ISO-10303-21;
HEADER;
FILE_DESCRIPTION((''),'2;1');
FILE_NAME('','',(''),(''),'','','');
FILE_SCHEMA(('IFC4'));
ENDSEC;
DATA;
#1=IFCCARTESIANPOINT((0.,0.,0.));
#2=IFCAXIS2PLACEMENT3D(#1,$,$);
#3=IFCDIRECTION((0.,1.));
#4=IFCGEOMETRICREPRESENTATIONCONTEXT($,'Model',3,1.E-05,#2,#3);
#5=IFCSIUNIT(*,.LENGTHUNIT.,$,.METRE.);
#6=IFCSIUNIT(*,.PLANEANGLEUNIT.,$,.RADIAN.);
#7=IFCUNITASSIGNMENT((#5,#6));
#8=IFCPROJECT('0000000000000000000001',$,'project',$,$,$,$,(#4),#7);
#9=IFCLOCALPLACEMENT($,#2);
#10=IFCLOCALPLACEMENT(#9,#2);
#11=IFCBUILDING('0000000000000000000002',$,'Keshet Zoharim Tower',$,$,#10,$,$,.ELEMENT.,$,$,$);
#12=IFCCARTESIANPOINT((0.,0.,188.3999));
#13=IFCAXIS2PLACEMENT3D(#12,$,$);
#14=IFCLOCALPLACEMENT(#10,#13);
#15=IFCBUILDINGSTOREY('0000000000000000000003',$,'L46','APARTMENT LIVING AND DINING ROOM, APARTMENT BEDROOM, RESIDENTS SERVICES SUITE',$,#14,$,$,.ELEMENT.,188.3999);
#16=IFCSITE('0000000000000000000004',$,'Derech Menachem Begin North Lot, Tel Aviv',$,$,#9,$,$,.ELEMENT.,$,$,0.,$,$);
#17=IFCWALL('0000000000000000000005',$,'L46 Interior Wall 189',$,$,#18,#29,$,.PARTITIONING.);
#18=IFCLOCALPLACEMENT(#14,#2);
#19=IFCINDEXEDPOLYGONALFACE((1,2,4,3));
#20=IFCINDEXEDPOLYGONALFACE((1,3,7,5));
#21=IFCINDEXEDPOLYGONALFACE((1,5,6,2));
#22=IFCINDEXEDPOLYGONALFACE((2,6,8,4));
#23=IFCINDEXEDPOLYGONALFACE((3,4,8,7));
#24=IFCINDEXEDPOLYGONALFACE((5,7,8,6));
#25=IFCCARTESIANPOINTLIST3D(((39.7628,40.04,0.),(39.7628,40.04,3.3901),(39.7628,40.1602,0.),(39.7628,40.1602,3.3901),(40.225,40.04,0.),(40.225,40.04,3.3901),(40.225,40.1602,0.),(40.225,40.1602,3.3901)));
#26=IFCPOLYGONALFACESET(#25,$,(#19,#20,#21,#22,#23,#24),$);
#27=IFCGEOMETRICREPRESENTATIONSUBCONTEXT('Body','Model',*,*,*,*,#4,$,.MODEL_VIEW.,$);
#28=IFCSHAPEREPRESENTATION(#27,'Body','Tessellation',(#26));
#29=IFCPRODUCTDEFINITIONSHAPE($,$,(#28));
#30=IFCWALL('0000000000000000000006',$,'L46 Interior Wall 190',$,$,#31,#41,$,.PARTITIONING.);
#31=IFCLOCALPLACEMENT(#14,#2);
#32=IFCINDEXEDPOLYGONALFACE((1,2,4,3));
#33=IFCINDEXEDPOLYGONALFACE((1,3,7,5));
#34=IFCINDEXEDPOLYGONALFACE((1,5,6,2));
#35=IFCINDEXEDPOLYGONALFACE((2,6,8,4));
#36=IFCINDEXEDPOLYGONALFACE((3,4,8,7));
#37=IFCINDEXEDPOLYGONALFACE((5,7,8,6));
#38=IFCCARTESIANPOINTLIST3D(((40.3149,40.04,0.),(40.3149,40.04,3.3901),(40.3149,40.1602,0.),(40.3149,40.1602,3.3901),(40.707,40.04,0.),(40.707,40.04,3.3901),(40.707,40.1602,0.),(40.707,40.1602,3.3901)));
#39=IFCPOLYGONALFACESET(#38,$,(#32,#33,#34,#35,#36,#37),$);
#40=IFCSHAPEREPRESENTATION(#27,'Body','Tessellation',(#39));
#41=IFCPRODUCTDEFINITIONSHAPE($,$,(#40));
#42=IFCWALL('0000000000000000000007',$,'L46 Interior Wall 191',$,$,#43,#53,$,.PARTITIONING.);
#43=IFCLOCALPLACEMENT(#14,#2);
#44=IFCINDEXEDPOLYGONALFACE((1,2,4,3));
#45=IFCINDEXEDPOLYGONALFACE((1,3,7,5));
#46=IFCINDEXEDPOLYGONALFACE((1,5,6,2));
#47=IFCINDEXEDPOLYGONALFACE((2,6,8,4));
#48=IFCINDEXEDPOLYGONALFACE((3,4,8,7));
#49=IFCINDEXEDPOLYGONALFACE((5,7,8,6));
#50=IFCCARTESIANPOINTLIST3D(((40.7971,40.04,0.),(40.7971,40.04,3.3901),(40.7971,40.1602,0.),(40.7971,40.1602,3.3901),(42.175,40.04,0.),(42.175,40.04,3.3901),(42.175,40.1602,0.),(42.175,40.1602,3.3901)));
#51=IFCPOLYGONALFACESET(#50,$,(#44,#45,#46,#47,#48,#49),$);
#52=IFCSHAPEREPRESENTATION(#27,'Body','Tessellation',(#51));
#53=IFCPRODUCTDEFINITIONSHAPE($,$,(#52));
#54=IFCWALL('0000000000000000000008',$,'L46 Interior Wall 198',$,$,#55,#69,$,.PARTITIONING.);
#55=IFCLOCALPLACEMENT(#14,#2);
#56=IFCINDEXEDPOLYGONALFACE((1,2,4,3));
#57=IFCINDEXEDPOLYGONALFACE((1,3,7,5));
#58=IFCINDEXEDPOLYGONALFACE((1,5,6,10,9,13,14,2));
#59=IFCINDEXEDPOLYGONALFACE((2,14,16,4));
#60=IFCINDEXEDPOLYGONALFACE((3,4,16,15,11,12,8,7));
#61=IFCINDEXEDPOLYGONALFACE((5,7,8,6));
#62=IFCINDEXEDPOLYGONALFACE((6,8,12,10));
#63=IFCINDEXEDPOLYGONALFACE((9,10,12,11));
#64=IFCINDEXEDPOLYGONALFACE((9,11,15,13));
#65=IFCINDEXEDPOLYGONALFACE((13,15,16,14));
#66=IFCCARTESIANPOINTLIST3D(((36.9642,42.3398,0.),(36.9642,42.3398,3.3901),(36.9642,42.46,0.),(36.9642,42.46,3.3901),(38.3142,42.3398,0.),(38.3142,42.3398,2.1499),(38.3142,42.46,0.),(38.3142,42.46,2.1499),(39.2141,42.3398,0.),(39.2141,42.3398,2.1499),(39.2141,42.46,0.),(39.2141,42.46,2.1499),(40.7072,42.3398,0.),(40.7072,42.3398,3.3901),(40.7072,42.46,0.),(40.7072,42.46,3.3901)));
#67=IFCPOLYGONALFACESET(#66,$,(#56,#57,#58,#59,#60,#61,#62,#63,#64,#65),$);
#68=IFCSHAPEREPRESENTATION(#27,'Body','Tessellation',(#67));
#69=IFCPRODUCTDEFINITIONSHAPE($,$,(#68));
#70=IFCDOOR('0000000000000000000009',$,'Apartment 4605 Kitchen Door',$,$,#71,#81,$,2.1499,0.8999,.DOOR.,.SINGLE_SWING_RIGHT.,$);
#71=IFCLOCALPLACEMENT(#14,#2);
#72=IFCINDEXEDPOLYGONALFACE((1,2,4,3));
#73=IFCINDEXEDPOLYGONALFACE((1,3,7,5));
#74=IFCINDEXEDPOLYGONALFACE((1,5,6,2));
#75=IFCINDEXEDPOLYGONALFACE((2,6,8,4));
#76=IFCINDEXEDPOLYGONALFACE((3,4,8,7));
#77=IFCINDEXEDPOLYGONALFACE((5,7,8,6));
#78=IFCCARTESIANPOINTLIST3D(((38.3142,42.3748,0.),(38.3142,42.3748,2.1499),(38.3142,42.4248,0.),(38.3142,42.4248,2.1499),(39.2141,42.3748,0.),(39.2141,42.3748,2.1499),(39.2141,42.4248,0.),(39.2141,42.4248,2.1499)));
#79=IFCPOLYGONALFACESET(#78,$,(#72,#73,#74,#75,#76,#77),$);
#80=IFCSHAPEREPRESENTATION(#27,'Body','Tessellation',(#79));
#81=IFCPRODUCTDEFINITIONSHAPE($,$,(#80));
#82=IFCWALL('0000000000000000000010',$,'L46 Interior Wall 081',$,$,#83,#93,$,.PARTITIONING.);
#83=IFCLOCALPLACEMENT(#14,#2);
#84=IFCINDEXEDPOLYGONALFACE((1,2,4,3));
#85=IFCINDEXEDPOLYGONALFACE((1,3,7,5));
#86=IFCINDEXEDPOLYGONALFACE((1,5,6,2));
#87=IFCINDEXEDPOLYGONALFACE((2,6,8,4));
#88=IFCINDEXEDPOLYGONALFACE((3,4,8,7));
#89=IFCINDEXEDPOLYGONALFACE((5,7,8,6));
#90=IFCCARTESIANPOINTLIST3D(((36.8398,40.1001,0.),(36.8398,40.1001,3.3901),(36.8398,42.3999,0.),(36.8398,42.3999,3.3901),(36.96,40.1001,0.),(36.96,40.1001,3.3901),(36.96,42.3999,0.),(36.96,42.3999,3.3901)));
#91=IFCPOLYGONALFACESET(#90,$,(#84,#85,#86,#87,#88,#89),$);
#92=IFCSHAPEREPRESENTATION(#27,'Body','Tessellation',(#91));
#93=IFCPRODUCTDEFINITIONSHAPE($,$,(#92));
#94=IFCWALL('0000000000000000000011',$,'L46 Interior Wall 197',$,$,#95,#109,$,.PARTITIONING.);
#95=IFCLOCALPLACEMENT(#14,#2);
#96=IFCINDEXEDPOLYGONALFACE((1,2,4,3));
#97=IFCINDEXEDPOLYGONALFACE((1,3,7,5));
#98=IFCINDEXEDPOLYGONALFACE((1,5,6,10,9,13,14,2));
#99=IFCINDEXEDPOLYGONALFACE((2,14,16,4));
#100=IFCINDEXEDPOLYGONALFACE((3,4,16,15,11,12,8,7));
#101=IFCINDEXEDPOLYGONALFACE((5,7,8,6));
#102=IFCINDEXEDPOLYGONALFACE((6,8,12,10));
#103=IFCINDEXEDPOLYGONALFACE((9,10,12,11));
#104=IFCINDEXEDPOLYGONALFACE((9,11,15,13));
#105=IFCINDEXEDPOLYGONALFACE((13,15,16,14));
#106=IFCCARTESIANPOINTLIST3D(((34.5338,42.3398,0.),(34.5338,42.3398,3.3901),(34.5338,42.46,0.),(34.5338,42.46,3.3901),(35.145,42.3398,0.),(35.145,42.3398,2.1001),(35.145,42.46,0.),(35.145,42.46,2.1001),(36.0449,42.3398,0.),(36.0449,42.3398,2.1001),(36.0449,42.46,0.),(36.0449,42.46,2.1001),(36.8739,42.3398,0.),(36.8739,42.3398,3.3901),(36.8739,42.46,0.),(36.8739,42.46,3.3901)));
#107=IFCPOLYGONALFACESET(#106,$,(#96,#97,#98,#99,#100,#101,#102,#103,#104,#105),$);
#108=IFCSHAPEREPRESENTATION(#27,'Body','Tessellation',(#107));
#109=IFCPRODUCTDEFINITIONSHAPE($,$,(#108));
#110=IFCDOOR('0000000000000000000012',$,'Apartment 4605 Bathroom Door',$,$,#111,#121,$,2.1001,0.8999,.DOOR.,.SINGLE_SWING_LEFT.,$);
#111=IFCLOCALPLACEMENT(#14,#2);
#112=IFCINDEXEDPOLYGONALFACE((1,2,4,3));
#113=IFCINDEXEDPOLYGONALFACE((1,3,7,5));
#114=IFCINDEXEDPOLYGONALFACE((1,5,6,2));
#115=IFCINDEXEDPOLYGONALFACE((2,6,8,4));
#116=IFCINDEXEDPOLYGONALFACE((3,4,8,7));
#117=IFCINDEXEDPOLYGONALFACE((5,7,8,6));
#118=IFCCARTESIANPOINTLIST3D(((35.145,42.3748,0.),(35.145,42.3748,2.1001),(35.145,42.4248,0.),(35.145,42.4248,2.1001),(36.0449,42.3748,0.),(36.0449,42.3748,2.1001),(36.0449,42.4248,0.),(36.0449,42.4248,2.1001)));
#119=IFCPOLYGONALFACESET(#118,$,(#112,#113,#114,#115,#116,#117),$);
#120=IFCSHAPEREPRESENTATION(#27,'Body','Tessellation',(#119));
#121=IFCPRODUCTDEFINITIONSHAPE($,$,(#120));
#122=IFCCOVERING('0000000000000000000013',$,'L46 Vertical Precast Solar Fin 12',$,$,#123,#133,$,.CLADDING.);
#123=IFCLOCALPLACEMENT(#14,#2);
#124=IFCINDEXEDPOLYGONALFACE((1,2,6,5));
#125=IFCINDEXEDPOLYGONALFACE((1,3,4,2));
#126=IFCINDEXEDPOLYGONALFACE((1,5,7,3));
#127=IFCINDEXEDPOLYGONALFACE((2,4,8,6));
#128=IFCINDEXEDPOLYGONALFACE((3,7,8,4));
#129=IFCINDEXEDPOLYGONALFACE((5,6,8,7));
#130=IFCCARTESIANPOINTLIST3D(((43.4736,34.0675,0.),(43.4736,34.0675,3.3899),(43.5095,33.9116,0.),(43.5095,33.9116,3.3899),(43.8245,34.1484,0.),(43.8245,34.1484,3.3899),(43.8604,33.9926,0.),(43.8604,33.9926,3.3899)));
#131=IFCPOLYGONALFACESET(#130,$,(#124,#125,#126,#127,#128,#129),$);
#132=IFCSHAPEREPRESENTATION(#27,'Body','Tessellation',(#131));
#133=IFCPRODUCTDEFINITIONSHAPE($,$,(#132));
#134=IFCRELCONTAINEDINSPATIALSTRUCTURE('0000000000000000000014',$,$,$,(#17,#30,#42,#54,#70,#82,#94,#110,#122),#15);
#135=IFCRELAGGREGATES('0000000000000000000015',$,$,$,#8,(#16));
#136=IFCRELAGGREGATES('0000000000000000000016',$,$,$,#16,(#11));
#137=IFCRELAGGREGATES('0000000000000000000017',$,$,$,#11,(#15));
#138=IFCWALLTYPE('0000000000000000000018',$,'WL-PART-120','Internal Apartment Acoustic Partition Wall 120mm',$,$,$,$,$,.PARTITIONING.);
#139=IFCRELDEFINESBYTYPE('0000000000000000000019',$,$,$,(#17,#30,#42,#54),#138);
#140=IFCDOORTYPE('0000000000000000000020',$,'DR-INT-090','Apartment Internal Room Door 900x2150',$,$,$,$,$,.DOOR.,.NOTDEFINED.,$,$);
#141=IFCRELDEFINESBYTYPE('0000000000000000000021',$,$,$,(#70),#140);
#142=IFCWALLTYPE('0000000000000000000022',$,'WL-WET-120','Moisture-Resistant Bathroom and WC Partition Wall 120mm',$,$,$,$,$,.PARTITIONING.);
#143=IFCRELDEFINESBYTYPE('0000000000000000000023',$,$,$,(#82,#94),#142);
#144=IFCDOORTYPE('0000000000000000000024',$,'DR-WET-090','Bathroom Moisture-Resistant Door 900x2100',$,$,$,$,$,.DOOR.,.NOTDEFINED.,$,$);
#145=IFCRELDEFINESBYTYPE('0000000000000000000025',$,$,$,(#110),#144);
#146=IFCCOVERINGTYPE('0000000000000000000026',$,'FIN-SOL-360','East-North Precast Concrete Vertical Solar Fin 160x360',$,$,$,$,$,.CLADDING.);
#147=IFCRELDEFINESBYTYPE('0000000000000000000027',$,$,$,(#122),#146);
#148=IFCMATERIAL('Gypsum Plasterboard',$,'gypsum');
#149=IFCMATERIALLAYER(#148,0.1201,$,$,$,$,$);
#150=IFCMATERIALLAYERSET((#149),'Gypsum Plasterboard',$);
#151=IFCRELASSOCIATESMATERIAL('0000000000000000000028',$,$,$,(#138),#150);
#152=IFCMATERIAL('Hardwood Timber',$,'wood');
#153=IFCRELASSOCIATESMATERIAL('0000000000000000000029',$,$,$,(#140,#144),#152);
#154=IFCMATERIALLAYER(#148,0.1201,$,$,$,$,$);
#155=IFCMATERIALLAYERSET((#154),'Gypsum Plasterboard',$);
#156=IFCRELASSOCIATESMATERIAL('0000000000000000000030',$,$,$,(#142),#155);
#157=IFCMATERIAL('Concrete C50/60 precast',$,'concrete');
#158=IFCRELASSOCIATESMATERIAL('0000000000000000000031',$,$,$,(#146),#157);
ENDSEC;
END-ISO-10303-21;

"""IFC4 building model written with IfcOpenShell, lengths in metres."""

from ifc_helpers import new_model, si_unit, direction, frame, frame_2d, origin, origin_2d, place, context, subcontext, project, spatial, rectangle, extrude, material, layer, layer_set, type_object, element, fill, save


model = new_model("IFC4")

# Units and contexts
model_context = context("Model", 3, precision=1e-05, world=origin(), true_north=direction((0.0, 1.0)))
body_context = subcontext(model_context, "Body", "Model", "MODEL_VIEW")
ifc_project = project(units=[si_unit("LENGTHUNIT", "METRE"), si_unit("PLANEANGLEUNIT", "RADIAN")], contexts=[model_context])

# Site, building, storey
site_placement = place(None, origin())
site = spatial("IfcSite", under=ifc_project, at=site_placement, Name="Derech Menachem Begin North Lot, Tel Aviv", CompositionType="ELEMENT", RefElevation=0.0)
building_placement = place(site_placement, origin())
building = spatial("IfcBuilding", under=site, at=building_placement, Name="Keshet Zoharim Tower", CompositionType="ELEMENT")
storey_placement = place(building_placement, frame((0.0, 0.0, 188.3999)))
storey = spatial("IfcBuildingStorey", under=building, at=storey_placement, Name="L46", Description="APARTMENT LIVING AND DINING ROOM, APARTMENT BEDROOM, RESIDENTS SERVICES SUITE", CompositionType="ELEMENT", Elevation=188.3999)

# Shared definitions
ifc_material_1 = material(Name="Gypsum Plasterboard", Category="gypsum")

# Shared definitions
ifc_material_2 = material(Name="Hardwood Timber", Category="wood")

# Walls
ifc_layer_1 = layer(ifc_material_1, 0.1201)
ifc_layer_set_1 = layer_set([ifc_layer_1], Name="Gypsum Plasterboard")
wall_type_1 = type_object("IfcWallType", Name="WL-PART-120", Description="Internal Apartment Acoustic Partition Wall 120mm", PredefinedType="PARTITIONING", material=ifc_layer_set_1)
wall_1_placement = place(storey_placement, frame((39.7629, 40.1001, 0.0), z_axis=(0.0, 0.0, 1.0), x_axis=(1.0, 0.0, 0.0)))
element("IfcWall", 1, at=wall_1_placement, inside=storey, type_object=wall_type_1, Name="L46 Interior Wall 189", PredefinedType="PARTITIONING", context=body_context, shape_type="SweptSolid", body=[
    extrude(rectangle(XDim=0.4622, YDim=0.1201, at=frame_2d((0.231, 0.0))), origin(), (0.0, 0.0, 1.0), 3.3901),
])
wall_2_placement = place(storey_placement, frame((40.3149, 40.1001, 0.0), z_axis=(0.0, 0.0, 1.0), x_axis=(1.0, 0.0, 0.0)))
element("IfcWall", 2, at=wall_2_placement, inside=storey, type_object=wall_type_1, Name="L46 Interior Wall 190", PredefinedType="PARTITIONING", context=body_context, shape_type="SweptSolid", body=[
    extrude(rectangle(XDim=0.3921, YDim=0.1201, at=frame_2d((0.196, 0.0))), origin(), (0.0, 0.0, 1.0), 3.3901),
])
wall_3_placement = place(storey_placement, frame((40.7971, 40.1001, 0.0), z_axis=(0.0, 0.0, 1.0), x_axis=(1.0, 0.0, 0.0)))
element("IfcWall", 3, at=wall_3_placement, inside=storey, type_object=wall_type_1, Name="L46 Interior Wall 191", PredefinedType="PARTITIONING", context=body_context, shape_type="SweptSolid", body=[
    extrude(rectangle(XDim=1.3779, YDim=0.1201, at=frame_2d((0.689, 0.0))), origin(), (0.0, 0.0, 1.0), 3.3901),
])

# Wall, opening, door
wall_4_placement = place(storey_placement, frame((36.9641, 42.3999, 0.0), z_axis=(0.0, 0.0, 1.0), x_axis=(1.0, 0.0, 0.0)))
wall_4 = element("IfcWall", 4, at=wall_4_placement, inside=storey, type_object=wall_type_1, Name="L46 Interior Wall 198", PredefinedType="PARTITIONING", context=body_context, shape_type="SweptSolid", body=[
    extrude(rectangle(XDim=3.7429, YDim=0.1201, at=frame_2d((1.8716, 0.0))), origin(), (0.0, 0.0, 1.0), 3.3901),
])
opening_1_placement = place(wall_4_placement, frame((1.3501, 0.0, 0.0)))
opening_1 = element("IfcOpeningElement", 5, at=opening_1_placement, cuts=wall_4, PredefinedType="OPENING", context=body_context, shape_type="SweptSolid", body=[
    extrude(rectangle(XDim=0.8999, YDim=2.1499, at=frame_2d((0.45, 1.075))), frame((0.0, 0.0701, 0.0), z_axis=(0.0, -1.0, 0.0), x_axis=(1.0, 0.0, 0.0)), (0.0, 0.0, 1.0), 0.1401),
])
door_type_1 = type_object("IfcDoorType", Name="DR-INT-090", Description="Apartment Internal Room Door 900x2150", OperationType="NOTDEFINED", PredefinedType="DOOR", material=ifc_material_2)
door_1_placement = place(opening_1_placement, origin())
door_1 = element("IfcDoor", 6, at=door_1_placement, inside=storey, type_object=door_type_1, Name="Apartment 4605 Kitchen Door", OperationType="SINGLE_SWING_RIGHT", OverallHeight=2.1499, OverallWidth=0.8999, PredefinedType="DOOR", context=body_context, shape_type="SweptSolid", body=[
    extrude(rectangle(XDim=0.8999, YDim=2.1499, at=frame_2d((0.45, 1.075))), frame((0.0, 0.0249, 0.0), z_axis=(0.0, -1.0, 0.0), x_axis=(1.0, 0.0, 0.0)), (0.0, 0.0, 1.0), 0.05),
])
fill(opening_1, door_1)

# Wall
ifc_layer_2 = layer(ifc_material_1, 0.1201)
ifc_layer_set_2 = layer_set([ifc_layer_2], Name="Gypsum Plasterboard")
wall_type_2 = type_object("IfcWallType", Name="WL-WET-120", Description="Moisture-Resistant Bathroom and WC Partition Wall 120mm", PredefinedType="PARTITIONING", material=ifc_layer_set_2)
wall_5_placement = place(storey_placement, frame((36.8999, 40.1001, 0.0), z_axis=(0.0, 0.0, 1.0), x_axis=(0.0, 1.0, 0.0)))
element("IfcWall", 7, at=wall_5_placement, inside=storey, type_object=wall_type_2, Name="L46 Interior Wall 081", PredefinedType="PARTITIONING", context=body_context, shape_type="SweptSolid", body=[
    extrude(rectangle(XDim=2.2998, YDim=0.1201, at=frame_2d((1.1499, 0.0))), origin(), (0.0, 0.0, 1.0), 3.3901),
])

# Wall, opening, door
wall_6_placement = place(storey_placement, frame((34.5339, 42.3999, 0.0), z_axis=(0.0, 0.0, 1.0), x_axis=(1.0, 0.0, 0.0)))
wall_6 = element("IfcWall", 8, at=wall_6_placement, inside=storey, type_object=wall_type_2, Name="L46 Interior Wall 197", PredefinedType="PARTITIONING", context=body_context, shape_type="SweptSolid", body=[
    extrude(rectangle(XDim=2.3401, YDim=0.1201, at=frame_2d((1.1699, 0.0))), origin(), (0.0, 0.0, 1.0), 3.3901),
])
opening_2_placement = place(wall_6_placement, frame((0.6111, 0.0, 0.0)))
opening_2 = element("IfcOpeningElement", 9, at=opening_2_placement, cuts=wall_6, PredefinedType="OPENING", context=body_context, shape_type="SweptSolid", body=[
    extrude(rectangle(XDim=0.8999, YDim=2.1001, at=frame_2d((0.45, 1.05))), frame((0.0, 0.0701, 0.0), z_axis=(0.0, -1.0, 0.0), x_axis=(1.0, 0.0, 0.0)), (0.0, 0.0, 1.0), 0.1401),
])
door_type_2 = type_object("IfcDoorType", Name="DR-WET-090", Description="Bathroom Moisture-Resistant Door 900x2100", OperationType="NOTDEFINED", PredefinedType="DOOR", material=ifc_material_2)
door_2_placement = place(opening_2_placement, origin())
door_2 = element("IfcDoor", 10, at=door_2_placement, inside=storey, type_object=door_type_2, Name="Apartment 4605 Bathroom Door", OperationType="SINGLE_SWING_LEFT", OverallHeight=2.1001, OverallWidth=0.8999, PredefinedType="DOOR", context=body_context, shape_type="SweptSolid", body=[
    extrude(rectangle(XDim=0.8999, YDim=2.1001, at=frame_2d((0.45, 1.05))), frame((0.0, 0.0249, 0.0), z_axis=(0.0, -1.0, 0.0), x_axis=(1.0, 0.0, 0.0)), (0.0, 0.0, 1.0), 0.05),
])
fill(opening_2, door_2)

# Covering
ifc_material_3 = material(Name="Concrete C50/60 precast", Category="concrete")
covering_type = type_object("IfcCoveringType", Name="FIN-SOL-360", Description="East-North Precast Concrete Vertical Solar Fin 160x360", PredefinedType="CLADDING", material=ifc_material_3)
covering_placement = place(storey_placement, frame((43.667, 34.03, 0.0), z_axis=(0.0, 0.0, 1.0), x_axis=(0.224848, -0.974394, 0.0)))
element("IfcCovering", 11, at=covering_placement, inside=storey, type_object=covering_type, Name="L46 Vertical Precast Solar Fin 12", PredefinedType="CLADDING", context=body_context, shape_type="SweptSolid", body=[
    extrude(rectangle(XDim=0.1599, YDim=0.3601, at=origin_2d()), origin(), (0.0, 0.0, 1.0), 3.3899),
])

save(model, "model.ifc")
